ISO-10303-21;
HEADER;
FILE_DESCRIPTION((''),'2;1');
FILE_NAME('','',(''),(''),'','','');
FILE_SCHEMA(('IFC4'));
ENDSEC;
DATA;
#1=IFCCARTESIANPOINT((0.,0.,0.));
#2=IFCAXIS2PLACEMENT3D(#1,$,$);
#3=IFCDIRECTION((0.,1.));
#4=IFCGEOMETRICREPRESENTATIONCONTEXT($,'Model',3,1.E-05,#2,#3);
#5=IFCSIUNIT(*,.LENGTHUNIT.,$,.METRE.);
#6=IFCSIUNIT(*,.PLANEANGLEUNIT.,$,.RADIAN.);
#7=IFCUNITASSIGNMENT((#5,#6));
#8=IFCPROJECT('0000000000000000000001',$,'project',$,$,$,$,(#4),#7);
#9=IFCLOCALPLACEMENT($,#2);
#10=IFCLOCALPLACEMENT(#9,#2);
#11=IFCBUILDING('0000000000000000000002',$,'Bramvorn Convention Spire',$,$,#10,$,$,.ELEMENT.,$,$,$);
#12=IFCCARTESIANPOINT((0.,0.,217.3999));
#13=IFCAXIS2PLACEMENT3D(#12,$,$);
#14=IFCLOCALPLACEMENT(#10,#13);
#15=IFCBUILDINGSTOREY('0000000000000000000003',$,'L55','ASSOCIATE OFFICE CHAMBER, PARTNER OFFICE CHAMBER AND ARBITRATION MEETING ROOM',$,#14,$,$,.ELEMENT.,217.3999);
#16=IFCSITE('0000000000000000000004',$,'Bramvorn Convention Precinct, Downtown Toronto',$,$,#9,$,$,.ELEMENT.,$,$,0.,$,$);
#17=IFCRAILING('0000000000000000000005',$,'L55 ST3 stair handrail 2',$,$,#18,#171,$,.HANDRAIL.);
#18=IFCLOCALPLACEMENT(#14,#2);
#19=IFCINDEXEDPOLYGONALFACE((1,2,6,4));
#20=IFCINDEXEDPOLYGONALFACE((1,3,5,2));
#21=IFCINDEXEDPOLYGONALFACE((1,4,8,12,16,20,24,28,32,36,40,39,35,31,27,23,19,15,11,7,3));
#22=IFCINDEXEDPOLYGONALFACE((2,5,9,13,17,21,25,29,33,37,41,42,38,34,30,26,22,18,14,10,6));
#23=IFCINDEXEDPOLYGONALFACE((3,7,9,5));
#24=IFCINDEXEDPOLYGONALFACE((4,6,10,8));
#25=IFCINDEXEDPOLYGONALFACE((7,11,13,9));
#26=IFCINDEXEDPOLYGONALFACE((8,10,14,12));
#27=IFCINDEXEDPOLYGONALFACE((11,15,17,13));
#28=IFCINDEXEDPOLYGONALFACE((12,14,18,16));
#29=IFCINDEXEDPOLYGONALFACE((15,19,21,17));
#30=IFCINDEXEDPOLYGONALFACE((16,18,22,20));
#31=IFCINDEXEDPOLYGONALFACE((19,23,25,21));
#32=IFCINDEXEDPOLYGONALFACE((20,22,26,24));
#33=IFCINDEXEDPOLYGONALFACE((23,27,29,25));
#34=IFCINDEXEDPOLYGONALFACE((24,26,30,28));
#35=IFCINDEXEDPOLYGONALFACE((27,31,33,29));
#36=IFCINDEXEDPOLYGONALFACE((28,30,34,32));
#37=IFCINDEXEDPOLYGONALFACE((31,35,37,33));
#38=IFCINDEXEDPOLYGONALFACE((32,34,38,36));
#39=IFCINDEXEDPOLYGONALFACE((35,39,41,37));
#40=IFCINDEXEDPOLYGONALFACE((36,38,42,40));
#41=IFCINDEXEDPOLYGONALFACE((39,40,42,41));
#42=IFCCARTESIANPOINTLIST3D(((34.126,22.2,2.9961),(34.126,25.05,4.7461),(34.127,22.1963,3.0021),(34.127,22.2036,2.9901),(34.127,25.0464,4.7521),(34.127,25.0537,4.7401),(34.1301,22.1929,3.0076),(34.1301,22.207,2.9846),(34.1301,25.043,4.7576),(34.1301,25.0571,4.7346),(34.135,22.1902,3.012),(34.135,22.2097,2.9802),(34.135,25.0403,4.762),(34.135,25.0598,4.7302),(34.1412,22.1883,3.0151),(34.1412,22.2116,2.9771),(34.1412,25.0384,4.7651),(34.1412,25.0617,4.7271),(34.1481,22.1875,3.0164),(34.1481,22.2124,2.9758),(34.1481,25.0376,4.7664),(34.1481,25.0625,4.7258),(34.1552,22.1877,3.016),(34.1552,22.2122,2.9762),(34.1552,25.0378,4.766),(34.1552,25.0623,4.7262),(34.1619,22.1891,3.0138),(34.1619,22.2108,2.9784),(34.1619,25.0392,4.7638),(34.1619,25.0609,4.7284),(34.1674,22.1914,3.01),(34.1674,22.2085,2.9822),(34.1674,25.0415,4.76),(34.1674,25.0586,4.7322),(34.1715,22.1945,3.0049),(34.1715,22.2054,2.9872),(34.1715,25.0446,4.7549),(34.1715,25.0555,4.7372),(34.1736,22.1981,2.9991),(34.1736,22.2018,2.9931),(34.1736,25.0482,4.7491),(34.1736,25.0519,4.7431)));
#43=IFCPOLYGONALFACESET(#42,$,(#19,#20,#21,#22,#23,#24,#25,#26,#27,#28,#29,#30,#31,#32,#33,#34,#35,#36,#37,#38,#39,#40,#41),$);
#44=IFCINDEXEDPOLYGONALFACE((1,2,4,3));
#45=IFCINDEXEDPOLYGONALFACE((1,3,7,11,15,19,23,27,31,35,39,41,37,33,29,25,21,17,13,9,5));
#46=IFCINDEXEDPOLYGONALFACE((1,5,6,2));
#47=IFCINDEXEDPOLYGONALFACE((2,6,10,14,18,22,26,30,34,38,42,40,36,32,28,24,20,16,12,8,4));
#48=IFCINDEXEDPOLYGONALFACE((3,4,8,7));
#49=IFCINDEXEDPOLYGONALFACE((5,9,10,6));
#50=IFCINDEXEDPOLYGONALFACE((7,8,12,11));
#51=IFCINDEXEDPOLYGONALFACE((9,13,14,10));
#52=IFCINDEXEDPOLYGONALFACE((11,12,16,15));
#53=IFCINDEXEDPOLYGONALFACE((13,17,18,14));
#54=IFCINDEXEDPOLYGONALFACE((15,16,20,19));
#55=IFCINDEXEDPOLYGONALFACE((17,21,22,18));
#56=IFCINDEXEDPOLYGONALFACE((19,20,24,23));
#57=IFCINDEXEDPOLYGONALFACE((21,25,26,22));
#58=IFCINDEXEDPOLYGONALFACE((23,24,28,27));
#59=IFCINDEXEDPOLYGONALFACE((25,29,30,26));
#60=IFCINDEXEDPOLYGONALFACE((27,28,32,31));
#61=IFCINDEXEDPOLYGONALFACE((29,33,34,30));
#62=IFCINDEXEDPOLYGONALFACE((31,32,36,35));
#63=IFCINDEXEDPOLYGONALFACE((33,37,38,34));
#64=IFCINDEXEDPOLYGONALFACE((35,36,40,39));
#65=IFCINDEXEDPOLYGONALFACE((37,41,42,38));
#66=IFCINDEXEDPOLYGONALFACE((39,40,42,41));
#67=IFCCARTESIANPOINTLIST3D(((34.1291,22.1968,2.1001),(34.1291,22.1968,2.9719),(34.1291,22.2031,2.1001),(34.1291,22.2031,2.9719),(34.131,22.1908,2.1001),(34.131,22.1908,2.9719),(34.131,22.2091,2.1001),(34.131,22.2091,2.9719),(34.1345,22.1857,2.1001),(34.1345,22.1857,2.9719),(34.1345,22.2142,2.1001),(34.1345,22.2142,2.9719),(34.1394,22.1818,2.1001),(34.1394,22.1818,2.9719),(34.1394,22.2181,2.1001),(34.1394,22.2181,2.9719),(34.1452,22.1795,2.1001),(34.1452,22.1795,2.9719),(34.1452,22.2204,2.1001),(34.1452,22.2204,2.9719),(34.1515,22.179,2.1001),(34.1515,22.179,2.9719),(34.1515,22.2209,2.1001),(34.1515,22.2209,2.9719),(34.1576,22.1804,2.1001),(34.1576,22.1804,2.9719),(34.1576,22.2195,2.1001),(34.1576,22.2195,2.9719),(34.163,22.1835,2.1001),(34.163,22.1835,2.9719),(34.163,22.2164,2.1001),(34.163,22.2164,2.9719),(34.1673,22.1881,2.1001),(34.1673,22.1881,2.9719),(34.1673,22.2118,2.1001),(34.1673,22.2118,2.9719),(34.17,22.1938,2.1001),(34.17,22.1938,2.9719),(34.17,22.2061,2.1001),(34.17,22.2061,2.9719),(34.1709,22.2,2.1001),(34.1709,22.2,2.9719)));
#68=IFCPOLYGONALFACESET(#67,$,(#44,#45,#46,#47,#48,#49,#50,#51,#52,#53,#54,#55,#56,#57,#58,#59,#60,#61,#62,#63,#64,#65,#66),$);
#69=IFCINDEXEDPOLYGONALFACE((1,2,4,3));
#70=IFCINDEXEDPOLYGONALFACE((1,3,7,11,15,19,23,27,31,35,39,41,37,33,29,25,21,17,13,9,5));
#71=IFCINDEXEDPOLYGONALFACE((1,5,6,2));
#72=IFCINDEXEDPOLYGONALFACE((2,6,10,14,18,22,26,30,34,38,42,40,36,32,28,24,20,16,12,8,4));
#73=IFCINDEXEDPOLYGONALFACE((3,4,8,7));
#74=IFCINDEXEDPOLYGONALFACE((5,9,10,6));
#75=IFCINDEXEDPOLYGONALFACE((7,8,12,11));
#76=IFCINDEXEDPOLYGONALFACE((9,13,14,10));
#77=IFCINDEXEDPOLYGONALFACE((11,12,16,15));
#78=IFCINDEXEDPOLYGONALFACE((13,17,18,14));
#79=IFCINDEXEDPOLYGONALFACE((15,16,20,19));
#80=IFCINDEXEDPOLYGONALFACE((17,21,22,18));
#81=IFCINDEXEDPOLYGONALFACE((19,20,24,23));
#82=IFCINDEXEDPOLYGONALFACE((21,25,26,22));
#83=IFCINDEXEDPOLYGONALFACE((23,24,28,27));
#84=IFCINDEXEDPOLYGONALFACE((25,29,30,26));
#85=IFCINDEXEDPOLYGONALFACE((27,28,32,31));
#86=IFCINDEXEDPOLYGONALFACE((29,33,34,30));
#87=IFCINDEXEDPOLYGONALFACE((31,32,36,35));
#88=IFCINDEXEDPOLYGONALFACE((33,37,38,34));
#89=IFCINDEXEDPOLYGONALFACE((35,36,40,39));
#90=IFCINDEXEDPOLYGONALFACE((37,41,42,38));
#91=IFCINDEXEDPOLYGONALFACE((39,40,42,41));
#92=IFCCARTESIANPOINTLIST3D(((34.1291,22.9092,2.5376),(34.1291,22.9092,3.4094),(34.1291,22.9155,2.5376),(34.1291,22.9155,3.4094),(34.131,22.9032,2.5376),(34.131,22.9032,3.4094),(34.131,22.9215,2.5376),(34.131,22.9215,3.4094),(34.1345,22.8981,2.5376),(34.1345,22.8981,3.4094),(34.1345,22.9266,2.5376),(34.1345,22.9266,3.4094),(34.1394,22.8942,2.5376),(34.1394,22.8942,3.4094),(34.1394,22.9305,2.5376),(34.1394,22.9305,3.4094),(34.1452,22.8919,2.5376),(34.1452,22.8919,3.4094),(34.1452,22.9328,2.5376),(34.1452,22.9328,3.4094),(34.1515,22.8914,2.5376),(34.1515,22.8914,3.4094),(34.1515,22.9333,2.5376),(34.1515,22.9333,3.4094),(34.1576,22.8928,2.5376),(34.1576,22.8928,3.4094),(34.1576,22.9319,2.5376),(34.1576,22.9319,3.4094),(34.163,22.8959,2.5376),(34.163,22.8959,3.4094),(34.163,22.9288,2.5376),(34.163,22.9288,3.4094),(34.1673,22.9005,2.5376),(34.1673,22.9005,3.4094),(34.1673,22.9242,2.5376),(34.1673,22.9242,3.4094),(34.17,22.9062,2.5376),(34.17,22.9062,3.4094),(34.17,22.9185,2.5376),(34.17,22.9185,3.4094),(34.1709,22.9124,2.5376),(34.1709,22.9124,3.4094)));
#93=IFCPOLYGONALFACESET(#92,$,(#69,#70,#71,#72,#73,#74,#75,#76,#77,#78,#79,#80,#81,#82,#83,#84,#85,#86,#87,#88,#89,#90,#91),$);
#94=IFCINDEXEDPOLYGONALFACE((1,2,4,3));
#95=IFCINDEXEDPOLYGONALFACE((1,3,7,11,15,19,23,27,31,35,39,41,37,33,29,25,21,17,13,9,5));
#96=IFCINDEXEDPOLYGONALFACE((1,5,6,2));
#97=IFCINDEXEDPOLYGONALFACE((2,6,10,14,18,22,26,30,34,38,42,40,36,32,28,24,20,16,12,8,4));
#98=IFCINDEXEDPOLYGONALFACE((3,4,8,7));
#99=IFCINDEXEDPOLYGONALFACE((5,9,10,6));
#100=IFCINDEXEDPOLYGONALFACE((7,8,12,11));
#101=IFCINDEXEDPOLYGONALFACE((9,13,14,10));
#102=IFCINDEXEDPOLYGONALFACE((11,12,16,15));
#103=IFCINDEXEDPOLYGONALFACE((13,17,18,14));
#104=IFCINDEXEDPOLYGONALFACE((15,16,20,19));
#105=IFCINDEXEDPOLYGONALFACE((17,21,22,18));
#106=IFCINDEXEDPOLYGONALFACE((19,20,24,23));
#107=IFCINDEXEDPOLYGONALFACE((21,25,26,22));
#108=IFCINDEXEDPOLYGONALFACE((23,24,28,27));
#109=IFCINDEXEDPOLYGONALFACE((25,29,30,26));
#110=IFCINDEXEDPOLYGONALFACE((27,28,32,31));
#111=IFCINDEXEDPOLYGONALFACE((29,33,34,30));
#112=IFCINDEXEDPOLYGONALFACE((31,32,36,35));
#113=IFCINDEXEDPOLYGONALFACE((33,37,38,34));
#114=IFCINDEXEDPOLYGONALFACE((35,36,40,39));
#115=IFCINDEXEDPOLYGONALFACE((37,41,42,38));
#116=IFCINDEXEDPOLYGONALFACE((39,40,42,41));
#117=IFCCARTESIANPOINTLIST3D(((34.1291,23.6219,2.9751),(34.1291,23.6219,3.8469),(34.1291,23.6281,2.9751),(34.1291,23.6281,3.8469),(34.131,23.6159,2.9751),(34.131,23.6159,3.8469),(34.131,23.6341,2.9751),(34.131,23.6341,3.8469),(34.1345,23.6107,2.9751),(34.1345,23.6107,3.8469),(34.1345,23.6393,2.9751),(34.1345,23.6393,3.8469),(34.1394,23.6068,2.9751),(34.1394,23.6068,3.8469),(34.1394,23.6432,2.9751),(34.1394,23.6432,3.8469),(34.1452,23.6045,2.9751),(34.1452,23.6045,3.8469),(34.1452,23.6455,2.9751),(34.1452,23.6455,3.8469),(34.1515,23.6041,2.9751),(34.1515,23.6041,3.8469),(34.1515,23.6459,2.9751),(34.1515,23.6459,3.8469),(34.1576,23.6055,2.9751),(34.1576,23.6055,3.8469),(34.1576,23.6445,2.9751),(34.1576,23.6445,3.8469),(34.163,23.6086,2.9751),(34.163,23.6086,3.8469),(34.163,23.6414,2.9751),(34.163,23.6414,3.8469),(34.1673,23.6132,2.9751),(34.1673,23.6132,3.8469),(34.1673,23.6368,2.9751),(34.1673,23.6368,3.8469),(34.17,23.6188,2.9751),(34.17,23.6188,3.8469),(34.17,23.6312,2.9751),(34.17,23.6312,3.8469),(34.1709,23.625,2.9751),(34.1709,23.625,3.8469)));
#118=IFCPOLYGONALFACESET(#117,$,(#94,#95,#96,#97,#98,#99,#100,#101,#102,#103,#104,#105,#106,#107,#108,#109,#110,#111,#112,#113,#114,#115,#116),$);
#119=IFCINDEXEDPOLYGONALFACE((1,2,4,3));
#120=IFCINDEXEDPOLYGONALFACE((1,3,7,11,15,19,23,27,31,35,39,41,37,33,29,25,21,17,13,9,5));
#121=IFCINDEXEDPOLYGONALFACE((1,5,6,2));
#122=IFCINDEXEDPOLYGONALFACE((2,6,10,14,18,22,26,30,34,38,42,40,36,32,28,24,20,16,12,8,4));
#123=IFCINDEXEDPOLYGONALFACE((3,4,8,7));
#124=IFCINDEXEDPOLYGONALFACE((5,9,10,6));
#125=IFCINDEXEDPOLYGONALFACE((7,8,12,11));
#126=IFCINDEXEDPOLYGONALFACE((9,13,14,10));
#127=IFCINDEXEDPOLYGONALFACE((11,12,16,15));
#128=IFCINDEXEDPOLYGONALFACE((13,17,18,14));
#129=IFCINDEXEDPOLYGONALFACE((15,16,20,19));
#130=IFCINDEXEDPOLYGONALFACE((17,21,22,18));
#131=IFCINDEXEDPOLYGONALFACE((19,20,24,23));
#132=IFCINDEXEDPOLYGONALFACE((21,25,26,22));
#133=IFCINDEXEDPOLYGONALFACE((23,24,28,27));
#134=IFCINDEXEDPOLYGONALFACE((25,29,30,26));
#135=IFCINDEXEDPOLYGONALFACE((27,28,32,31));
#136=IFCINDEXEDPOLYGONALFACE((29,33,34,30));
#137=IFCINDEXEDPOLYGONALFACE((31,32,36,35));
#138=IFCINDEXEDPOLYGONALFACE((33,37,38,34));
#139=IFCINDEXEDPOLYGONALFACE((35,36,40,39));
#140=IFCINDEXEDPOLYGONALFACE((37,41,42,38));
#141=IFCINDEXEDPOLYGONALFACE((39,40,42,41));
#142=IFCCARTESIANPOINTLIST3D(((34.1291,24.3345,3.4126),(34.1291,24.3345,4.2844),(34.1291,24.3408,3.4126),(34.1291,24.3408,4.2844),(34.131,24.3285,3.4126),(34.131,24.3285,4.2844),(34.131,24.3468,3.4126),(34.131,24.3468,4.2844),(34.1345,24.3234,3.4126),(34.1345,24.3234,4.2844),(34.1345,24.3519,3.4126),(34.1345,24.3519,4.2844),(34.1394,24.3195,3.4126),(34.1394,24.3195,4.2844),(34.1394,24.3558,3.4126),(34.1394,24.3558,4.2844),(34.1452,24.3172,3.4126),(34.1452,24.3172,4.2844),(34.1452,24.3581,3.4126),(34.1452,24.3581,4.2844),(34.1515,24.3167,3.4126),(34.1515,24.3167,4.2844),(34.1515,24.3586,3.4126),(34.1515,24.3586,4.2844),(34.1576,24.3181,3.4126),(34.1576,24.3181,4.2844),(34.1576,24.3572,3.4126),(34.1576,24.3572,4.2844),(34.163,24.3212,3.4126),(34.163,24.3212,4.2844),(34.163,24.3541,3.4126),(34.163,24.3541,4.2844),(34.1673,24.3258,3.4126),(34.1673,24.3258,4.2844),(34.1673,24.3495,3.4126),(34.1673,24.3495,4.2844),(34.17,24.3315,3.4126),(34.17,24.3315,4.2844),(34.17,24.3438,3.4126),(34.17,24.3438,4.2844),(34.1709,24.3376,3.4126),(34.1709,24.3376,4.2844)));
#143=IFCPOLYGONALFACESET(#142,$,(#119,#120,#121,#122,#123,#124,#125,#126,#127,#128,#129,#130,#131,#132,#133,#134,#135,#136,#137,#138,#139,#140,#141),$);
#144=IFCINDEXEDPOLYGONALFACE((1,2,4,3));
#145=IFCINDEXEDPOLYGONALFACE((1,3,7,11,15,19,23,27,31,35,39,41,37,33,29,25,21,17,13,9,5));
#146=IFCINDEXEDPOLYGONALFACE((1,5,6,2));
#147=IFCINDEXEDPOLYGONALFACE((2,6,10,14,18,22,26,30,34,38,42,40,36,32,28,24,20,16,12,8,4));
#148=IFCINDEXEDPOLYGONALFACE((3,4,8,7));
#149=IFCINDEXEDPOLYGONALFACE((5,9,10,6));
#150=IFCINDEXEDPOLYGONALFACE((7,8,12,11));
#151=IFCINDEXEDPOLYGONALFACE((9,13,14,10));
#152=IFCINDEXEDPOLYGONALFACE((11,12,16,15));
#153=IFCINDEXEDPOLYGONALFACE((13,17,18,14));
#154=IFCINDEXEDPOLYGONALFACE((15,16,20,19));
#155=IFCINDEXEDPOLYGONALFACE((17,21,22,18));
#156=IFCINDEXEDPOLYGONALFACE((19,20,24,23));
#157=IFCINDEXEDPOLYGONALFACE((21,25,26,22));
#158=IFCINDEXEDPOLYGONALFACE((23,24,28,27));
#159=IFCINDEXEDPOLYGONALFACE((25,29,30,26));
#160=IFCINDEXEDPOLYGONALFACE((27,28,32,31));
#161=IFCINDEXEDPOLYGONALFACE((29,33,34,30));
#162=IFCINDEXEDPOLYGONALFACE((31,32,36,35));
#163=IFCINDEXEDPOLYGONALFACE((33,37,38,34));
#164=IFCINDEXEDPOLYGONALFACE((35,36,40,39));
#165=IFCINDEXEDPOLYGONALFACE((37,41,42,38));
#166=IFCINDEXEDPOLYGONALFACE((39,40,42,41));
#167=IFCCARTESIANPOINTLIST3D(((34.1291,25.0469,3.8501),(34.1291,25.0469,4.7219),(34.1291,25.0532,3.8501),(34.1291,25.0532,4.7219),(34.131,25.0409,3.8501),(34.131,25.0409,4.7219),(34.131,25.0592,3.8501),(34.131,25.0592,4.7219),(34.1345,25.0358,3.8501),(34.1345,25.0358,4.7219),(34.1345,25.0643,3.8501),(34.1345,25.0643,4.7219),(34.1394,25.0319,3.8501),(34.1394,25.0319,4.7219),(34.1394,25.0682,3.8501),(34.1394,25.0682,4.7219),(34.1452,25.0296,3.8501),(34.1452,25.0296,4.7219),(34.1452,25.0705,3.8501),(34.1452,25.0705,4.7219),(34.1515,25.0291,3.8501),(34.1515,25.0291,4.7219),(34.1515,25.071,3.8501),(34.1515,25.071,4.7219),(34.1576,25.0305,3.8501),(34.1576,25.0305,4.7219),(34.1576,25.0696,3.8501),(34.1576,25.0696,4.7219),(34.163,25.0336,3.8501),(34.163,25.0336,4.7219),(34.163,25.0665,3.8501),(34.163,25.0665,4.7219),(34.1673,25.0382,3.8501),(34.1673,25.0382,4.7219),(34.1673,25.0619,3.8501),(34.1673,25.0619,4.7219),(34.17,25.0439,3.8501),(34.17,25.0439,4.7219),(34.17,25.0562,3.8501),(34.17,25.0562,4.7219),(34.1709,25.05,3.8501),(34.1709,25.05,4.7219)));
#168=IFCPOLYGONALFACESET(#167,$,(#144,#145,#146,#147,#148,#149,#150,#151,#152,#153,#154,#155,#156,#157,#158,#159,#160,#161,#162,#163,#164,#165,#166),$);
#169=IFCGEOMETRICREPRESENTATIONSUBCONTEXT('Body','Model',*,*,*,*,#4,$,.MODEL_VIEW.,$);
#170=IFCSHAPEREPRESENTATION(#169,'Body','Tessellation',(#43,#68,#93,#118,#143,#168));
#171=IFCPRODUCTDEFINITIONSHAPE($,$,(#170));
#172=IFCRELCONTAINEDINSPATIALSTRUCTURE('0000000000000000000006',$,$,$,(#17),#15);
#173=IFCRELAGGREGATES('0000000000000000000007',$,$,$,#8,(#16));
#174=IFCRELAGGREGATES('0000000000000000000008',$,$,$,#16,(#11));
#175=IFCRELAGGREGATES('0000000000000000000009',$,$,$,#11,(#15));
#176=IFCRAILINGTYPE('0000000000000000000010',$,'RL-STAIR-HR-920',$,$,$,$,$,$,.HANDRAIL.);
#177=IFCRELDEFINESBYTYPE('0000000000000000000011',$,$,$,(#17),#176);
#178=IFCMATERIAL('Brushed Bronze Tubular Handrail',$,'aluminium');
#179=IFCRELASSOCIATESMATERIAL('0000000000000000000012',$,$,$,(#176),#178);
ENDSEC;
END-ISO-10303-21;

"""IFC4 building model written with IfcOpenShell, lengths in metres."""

from ifc_helpers import new_model, si_unit, direction, frame, origin, origin_2d, place, context, subcontext, project, spatial, circle, extrude, material, type_object, element, save


model = new_model("IFC4")

# Units and contexts
model_context = context("Model", 3, precision=1e-05, world=origin(), true_north=direction((0.0, 1.0)))
body_context = subcontext(model_context, "Body", "Model", "MODEL_VIEW")
ifc_project = project(units=[si_unit("LENGTHUNIT", "METRE"), si_unit("PLANEANGLEUNIT", "RADIAN")], contexts=[model_context])

# Site, building, storey
site_placement = place(None, origin())
site = spatial("IfcSite", under=ifc_project, at=site_placement, Name="Bramvorn Convention Precinct, Downtown Toronto", CompositionType="ELEMENT", RefElevation=0.0)
building_placement = place(site_placement, origin())
building = spatial("IfcBuilding", under=site, at=building_placement, Name="Bramvorn Convention Spire", CompositionType="ELEMENT")
storey_placement = place(building_placement, frame((0.0, 0.0, 217.3999)))
storey = spatial("IfcBuildingStorey", under=building, at=storey_placement, Name="L55", Description="ASSOCIATE OFFICE CHAMBER, PARTNER OFFICE CHAMBER AND ARBITRATION MEETING ROOM", CompositionType="ELEMENT", Elevation=217.3999)

# Railing
ifc_material_1 = material(Name="Brushed Bronze Tubular Handrail", Category="aluminium")
railing_type_1 = type_object("IfcRailingType", Name="RL-STAIR-HR-920", PredefinedType="HANDRAIL", material=ifc_material_1)
railing_1_placement = place(storey_placement, frame((34.1499, 22.2, 2.1001)))
element("IfcRailing", 1, at=railing_1_placement, inside=storey, type_object=railing_type_1, Name="L55 ST3 stair handrail 2", PredefinedType="HANDRAIL", context=body_context, shape_type="SweptSolid", body=[
    extrude(circle(Radius=0.0239, at=origin_2d()), frame((0.0, 0.0, 0.896), z_axis=(0.0, 0.852179, 0.52325), x_axis=(-1.0, 0.0, 0.0)), (0.0, 0.0, 1.0), 3.3445),
    extrude(circle(Radius=0.021, at=origin_2d()), origin(), (0.0, 0.0, 1.0), 0.8718),
    extrude(circle(Radius=0.021, at=origin_2d()), frame((0.0, 0.7124, 0.4375)), (0.0, 0.0, 1.0), 0.8718),
    extrude(circle(Radius=0.021, at=origin_2d()), frame((0.0, 1.425, 0.875)), (0.0, 0.0, 1.0), 0.8718),
    extrude(circle(Radius=0.021, at=origin_2d()), frame((0.0, 2.1377, 1.3125)), (0.0, 0.0, 1.0), 0.8718),
    extrude(circle(Radius=0.021, at=origin_2d()), frame((0.0, 2.8501, 1.75)), (0.0, 0.0, 1.0), 0.8718),
])

save(model, "model.ifc")
